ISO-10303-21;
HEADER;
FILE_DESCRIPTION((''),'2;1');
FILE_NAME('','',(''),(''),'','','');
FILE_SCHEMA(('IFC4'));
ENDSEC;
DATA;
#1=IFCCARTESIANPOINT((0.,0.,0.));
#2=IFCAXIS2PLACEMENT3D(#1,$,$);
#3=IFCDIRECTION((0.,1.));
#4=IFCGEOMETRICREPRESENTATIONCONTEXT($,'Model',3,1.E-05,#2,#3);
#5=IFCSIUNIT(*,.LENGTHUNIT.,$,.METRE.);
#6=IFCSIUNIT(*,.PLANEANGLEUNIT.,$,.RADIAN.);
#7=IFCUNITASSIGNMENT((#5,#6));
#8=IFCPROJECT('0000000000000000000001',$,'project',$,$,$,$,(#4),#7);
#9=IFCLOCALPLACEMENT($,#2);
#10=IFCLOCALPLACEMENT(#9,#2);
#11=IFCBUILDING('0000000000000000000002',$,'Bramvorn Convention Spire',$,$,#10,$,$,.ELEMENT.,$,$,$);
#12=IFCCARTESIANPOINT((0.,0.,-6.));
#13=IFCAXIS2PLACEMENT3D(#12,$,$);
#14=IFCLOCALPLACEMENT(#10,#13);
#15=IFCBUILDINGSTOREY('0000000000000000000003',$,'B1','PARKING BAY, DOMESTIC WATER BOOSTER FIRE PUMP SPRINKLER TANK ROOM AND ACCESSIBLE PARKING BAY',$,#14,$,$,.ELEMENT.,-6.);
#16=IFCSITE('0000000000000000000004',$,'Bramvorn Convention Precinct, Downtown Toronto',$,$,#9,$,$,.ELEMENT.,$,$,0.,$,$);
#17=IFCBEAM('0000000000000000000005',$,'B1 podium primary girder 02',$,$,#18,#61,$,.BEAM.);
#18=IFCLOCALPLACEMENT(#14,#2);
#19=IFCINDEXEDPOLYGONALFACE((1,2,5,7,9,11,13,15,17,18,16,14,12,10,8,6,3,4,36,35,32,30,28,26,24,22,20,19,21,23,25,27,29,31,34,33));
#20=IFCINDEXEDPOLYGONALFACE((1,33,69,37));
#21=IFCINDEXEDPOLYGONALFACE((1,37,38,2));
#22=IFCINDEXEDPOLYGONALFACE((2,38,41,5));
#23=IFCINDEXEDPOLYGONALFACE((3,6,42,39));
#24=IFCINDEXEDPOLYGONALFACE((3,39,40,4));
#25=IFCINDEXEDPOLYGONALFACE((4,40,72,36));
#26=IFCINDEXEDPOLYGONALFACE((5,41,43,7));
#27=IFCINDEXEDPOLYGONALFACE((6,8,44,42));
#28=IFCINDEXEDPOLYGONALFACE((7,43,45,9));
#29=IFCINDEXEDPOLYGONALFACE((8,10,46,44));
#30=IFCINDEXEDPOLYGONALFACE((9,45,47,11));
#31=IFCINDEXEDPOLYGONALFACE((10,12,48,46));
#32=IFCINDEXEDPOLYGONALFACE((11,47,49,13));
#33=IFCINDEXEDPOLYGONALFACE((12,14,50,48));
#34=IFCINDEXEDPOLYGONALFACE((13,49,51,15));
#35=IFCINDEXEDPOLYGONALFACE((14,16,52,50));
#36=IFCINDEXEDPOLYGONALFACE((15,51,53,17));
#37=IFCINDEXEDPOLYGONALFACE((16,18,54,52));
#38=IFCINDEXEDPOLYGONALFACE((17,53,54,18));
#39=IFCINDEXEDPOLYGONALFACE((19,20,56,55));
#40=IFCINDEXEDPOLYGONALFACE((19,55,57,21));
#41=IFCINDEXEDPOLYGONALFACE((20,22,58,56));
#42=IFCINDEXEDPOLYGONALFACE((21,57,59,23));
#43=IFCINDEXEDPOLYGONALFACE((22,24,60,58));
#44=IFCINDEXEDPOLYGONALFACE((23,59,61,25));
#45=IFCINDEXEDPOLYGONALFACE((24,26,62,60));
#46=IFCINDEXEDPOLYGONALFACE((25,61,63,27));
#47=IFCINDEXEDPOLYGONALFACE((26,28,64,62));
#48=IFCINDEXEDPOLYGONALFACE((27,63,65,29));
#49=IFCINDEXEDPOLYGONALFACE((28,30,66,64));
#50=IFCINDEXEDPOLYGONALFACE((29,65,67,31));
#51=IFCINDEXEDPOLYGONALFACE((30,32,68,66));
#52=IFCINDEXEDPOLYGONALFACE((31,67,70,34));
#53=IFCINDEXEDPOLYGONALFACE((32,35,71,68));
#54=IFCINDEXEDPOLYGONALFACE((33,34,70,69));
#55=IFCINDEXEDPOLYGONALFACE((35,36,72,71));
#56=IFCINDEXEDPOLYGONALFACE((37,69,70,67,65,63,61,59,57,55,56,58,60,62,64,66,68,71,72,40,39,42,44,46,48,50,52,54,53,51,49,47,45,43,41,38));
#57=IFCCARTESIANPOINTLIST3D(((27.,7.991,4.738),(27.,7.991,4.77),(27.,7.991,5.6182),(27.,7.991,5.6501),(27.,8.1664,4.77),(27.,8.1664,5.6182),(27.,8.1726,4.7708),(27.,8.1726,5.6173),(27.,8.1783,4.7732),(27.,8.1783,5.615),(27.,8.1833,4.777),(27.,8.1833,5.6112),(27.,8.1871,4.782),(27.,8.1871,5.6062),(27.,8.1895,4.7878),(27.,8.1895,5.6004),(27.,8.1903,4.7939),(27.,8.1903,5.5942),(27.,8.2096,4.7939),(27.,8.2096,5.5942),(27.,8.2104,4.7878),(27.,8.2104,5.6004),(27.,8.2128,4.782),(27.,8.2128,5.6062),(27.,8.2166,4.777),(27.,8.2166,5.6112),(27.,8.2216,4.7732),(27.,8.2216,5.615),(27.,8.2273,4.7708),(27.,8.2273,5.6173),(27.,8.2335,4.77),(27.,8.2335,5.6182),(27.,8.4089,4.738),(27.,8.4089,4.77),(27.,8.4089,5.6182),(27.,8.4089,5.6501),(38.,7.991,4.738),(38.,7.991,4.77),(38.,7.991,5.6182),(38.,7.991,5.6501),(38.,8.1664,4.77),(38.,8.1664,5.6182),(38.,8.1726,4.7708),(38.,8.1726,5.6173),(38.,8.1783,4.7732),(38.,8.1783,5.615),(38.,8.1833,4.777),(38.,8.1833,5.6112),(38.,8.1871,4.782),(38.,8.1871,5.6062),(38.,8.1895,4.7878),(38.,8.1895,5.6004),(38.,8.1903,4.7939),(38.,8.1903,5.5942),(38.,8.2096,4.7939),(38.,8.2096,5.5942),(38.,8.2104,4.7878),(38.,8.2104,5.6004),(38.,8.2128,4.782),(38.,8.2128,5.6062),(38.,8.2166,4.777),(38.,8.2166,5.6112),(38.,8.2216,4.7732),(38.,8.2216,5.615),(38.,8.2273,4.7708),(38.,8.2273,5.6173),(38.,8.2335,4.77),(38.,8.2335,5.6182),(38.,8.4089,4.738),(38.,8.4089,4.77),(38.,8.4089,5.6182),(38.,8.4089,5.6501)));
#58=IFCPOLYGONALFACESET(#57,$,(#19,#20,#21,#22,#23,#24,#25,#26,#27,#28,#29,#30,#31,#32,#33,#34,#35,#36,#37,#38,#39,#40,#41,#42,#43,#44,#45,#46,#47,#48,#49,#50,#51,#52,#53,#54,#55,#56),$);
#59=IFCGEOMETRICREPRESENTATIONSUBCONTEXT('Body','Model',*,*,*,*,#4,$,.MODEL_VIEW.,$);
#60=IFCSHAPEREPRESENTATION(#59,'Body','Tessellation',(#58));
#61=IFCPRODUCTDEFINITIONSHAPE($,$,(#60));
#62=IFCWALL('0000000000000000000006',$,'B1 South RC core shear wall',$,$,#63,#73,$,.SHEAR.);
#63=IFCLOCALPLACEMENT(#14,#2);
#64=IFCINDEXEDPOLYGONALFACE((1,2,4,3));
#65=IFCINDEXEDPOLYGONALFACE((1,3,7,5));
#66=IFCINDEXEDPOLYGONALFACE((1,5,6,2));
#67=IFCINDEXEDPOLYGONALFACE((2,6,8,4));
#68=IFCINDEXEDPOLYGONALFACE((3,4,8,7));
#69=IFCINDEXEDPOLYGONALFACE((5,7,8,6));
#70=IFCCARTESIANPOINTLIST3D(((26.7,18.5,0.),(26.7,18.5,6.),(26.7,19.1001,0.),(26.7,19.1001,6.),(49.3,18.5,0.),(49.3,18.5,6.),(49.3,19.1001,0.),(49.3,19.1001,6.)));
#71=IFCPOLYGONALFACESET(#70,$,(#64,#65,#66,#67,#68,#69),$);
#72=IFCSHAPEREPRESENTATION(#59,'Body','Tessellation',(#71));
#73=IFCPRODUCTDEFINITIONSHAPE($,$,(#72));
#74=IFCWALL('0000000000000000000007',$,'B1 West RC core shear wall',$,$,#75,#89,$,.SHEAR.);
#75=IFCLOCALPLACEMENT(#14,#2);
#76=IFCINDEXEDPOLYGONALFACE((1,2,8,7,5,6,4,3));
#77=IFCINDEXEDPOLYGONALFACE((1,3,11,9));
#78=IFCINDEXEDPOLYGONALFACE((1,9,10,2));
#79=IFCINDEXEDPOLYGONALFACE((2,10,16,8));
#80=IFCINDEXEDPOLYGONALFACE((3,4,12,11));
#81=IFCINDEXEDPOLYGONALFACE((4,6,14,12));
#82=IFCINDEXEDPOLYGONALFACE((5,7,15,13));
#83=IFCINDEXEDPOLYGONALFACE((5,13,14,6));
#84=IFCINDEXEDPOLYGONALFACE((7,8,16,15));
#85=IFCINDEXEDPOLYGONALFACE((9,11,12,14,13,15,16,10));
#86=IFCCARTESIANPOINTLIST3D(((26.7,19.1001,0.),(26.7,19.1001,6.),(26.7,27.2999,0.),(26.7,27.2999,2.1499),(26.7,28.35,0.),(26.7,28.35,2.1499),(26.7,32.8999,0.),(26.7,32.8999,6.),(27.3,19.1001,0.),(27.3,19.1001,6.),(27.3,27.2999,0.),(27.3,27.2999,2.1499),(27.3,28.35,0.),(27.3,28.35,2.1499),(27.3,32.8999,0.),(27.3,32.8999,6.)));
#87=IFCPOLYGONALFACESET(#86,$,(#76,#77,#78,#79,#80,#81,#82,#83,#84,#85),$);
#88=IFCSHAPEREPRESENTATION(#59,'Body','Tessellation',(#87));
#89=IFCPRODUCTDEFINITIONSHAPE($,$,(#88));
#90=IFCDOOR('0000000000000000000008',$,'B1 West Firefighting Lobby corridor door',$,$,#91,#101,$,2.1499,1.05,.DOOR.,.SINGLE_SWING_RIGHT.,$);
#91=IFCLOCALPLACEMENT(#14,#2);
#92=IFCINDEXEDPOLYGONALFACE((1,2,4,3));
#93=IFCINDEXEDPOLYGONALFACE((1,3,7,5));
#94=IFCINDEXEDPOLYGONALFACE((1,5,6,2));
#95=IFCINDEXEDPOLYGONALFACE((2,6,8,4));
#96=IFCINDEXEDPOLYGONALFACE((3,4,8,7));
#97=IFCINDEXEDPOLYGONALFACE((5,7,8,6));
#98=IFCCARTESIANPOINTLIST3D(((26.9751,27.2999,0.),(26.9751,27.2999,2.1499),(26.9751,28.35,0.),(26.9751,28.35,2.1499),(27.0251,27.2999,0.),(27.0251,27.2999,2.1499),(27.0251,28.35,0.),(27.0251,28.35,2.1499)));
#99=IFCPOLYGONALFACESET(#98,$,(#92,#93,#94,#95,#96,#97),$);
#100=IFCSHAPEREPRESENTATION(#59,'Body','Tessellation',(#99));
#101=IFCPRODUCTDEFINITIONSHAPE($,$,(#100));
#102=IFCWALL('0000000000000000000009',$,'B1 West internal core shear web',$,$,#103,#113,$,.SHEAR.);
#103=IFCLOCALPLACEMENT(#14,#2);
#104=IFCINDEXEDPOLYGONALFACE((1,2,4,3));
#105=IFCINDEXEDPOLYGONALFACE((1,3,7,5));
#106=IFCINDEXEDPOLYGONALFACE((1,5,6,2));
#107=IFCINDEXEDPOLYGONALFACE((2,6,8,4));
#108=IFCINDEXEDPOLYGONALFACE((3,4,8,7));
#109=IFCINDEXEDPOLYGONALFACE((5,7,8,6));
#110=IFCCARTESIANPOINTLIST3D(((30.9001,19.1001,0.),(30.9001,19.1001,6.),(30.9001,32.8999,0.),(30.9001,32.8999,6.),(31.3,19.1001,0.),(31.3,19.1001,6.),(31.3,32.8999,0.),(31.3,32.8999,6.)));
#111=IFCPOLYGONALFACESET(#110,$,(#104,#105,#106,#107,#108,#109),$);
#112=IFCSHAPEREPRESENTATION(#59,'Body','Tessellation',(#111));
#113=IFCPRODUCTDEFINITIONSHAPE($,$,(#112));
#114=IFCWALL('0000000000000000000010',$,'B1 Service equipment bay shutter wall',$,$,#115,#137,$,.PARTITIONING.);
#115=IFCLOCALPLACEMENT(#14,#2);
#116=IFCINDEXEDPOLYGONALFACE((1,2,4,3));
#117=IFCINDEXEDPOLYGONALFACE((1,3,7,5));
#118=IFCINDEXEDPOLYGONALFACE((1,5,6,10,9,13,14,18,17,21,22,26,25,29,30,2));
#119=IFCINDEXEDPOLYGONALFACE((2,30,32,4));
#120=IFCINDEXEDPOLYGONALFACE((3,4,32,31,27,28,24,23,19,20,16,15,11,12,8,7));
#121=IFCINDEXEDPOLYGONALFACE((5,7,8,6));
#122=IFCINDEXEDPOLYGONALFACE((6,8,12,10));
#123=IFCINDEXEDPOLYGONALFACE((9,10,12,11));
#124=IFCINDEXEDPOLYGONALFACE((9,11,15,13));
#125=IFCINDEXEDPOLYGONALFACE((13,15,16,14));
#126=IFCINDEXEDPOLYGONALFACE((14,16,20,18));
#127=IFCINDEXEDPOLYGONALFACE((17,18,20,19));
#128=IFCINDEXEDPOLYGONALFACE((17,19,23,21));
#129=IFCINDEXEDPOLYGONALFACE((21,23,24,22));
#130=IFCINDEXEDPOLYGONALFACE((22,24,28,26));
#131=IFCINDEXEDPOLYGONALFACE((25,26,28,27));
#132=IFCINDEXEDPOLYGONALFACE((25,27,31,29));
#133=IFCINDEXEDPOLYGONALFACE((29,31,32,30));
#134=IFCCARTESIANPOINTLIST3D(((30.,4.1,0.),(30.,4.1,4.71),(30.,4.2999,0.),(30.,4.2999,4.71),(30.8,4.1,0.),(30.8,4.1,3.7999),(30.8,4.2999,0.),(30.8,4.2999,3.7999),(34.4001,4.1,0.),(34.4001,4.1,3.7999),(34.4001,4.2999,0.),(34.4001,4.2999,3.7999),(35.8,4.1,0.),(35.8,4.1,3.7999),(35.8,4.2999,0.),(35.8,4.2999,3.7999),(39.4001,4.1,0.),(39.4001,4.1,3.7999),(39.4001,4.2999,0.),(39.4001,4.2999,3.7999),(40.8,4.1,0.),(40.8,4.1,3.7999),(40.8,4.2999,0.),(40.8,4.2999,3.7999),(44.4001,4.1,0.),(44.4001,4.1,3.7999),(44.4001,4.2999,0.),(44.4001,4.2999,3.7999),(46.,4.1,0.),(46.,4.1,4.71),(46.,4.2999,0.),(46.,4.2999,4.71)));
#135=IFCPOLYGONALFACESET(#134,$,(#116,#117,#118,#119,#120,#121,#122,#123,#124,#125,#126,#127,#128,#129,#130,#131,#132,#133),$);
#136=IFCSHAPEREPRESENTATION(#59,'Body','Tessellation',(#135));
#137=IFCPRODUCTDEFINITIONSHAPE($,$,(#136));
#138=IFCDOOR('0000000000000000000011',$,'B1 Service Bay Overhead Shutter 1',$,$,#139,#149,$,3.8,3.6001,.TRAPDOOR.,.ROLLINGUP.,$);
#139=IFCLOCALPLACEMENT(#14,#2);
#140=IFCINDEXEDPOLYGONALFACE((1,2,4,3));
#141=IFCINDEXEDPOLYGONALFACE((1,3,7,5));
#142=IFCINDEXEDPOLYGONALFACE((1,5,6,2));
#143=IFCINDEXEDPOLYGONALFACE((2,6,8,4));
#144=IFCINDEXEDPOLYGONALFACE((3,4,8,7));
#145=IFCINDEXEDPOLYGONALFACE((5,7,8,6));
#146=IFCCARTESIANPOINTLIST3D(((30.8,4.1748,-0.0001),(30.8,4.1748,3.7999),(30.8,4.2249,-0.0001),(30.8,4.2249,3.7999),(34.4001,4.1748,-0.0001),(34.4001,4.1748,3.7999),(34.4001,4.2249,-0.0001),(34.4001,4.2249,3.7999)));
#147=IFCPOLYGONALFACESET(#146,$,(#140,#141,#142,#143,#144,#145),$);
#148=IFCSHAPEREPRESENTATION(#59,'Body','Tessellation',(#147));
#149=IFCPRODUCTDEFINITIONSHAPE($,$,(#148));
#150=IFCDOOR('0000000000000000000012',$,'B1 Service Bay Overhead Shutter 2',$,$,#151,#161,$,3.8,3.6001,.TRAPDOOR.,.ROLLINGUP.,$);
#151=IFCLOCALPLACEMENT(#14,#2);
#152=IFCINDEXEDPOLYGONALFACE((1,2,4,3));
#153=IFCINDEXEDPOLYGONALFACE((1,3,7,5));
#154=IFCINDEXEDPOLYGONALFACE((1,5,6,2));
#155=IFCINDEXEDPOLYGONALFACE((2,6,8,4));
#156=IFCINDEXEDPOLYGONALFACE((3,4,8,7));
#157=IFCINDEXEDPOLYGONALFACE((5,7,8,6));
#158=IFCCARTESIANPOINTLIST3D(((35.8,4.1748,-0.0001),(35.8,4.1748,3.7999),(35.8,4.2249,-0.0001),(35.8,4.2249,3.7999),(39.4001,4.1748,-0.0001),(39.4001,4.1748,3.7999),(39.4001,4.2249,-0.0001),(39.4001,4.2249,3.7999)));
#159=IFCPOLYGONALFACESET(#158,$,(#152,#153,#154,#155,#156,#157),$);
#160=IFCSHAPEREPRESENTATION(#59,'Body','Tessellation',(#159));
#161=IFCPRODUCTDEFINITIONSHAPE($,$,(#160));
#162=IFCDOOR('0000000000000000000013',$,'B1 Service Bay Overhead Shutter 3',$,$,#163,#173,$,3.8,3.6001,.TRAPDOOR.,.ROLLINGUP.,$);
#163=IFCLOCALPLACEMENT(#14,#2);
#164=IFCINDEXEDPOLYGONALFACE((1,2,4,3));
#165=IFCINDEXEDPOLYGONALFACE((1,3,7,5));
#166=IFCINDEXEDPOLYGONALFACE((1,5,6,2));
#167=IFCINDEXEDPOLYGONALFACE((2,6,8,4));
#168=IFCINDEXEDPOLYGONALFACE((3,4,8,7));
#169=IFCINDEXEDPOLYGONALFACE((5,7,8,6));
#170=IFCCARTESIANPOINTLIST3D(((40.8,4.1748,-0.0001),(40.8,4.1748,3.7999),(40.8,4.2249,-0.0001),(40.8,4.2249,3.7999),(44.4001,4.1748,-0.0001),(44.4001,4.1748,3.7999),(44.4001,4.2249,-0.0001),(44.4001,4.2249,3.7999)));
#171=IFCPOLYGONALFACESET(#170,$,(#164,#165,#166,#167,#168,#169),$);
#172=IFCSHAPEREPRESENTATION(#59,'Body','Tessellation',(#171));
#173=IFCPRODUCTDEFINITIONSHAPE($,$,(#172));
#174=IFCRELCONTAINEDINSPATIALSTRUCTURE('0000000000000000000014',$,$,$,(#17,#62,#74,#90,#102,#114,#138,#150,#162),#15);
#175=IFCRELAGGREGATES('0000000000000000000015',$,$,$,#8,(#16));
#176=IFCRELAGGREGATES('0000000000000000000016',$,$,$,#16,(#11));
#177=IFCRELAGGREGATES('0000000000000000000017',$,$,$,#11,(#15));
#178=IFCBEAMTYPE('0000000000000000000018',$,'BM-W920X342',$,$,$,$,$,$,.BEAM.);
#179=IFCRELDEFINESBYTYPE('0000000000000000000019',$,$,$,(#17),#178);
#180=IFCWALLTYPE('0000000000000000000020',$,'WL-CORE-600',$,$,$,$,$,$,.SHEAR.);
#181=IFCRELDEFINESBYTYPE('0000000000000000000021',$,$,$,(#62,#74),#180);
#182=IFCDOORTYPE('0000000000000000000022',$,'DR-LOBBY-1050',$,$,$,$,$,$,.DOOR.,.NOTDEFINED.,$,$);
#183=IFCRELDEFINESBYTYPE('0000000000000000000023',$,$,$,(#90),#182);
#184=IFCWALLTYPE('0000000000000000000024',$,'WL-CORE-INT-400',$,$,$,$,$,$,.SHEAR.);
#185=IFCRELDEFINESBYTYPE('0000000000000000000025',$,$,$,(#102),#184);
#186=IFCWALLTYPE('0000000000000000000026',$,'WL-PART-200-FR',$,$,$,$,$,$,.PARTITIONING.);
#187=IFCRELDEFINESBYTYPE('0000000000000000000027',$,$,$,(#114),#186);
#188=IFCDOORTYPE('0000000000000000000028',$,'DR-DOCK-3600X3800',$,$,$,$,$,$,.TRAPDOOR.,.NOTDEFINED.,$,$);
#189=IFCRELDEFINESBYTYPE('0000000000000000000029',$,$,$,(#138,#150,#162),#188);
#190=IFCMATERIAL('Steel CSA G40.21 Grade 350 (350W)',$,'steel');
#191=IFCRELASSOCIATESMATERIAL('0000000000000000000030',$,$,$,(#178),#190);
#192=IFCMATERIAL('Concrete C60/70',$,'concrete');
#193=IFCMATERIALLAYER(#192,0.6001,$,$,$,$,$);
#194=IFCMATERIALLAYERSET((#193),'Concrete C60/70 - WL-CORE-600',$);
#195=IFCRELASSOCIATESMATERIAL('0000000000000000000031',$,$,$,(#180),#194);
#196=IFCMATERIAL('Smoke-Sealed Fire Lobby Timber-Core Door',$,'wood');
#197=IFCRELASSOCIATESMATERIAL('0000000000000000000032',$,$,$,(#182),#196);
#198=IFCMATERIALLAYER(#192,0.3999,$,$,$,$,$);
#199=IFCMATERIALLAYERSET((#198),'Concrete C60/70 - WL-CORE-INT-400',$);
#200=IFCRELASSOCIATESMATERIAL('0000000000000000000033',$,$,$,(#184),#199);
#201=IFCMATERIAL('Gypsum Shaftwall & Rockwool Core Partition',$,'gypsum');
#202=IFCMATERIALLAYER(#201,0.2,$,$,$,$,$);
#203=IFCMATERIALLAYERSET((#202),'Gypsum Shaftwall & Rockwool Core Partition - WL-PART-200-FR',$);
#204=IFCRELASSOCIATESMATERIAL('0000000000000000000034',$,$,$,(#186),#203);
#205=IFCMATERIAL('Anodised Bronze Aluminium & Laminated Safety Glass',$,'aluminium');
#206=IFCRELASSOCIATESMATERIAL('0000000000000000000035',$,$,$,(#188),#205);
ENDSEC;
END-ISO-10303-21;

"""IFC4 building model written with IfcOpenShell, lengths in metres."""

from ifc_helpers import new_model, si_unit, direction, frame, frame_2d, origin, origin_2d, place, context, subcontext, project, spatial, rectangle, i_section, extrude, material, layer, layer_set, material_profile, profile_set, type_object, element, fill, save


model = new_model("IFC4")

# Units and contexts
model_context = context("Model", 3, precision=1e-05, world=origin(), true_north=direction((0.0, 1.0)))
body_context = subcontext(model_context, "Body", "Model", "MODEL_VIEW")
ifc_project = project(units=[si_unit("LENGTHUNIT", "METRE"), si_unit("PLANEANGLEUNIT", "RADIAN")], contexts=[model_context])

# Site, building, storey
site_placement = place(None, origin())
site = spatial("IfcSite", under=ifc_project, at=site_placement, Name="Bramvorn Convention Precinct, Downtown Toronto", CompositionType="ELEMENT", RefElevation=0.0)
building_placement = place(site_placement, origin())
building = spatial("IfcBuilding", under=site, at=building_placement, Name="Bramvorn Convention Spire", CompositionType="ELEMENT")
storey_placement = place(building_placement, frame((0.0, 0.0, -6.0)))
storey = spatial("IfcBuildingStorey", under=building, at=storey_placement, Name="B1", Description="PARKING BAY, DOMESTIC WATER BOOSTER FIRE PUMP SPRINKLER TANK ROOM AND ACCESSIBLE PARKING BAY", CompositionType="ELEMENT", Elevation=-6.0)

# Shared definitions
ifc_material_1 = material(Name="Concrete C60/70", Category="concrete")

# Shared definitions
ifc_material_2 = material(Name="Steel CSA G40.21 Grade 350 (350W)", Category="steel")

# Beam
ifc_material_profile_1 = material_profile(ifc_material_2, i_section(OverallWidth=0.418, OverallDepth=0.9121, WebThickness=0.0193, FlangeThickness=0.032, FilletRadius=0.0239, at=origin_2d()))
ifc_profile_set_1 = profile_set([ifc_material_profile_1], Name="Steel CSA G40.21 Grade 350 (350W) - W920X342")
beam_type_1 = type_object("IfcBeamType", Name="BM-W920X342", PredefinedType="BEAM", material=ifc_profile_set_1)
beam_1_placement = place(storey_placement, frame((27.0, 8.2, 5.1941), z_axis=(1.0, 0.0, 0.0), x_axis=(0.0, 1.0, 0.0)))
element("IfcBeam", 1, at=beam_1_placement, inside=storey, type_object=beam_type_1, Name="B1 podium primary girder 02", PredefinedType="BEAM", context=body_context, shape_type="SweptSolid", body=[
    extrude(i_section(OverallWidth=0.418, OverallDepth=0.9121, WebThickness=0.0193, FlangeThickness=0.032, FilletRadius=0.0239, at=origin_2d()), origin(), (0.0, 0.0, 1.0), 11.0),
])

# Wall
ifc_layer_1 = layer(ifc_material_1, 0.6001)
ifc_layer_set_1 = layer_set([ifc_layer_1], Name="Concrete C60/70 - WL-CORE-600")
wall_type_1 = type_object("IfcWallType", Name="WL-CORE-600", PredefinedType="SHEAR", material=ifc_layer_set_1)
wall_1_placement = place(storey_placement, frame((26.7, 18.8, 0.0), z_axis=(0.0, 0.0, 1.0), x_axis=(1.0, 0.0, 0.0)))
element("IfcWall", 2, at=wall_1_placement, inside=storey, type_object=wall_type_1, Name="B1 South RC core shear wall", PredefinedType="SHEAR", context=body_context, shape_type="SweptSolid", body=[
    extrude(rectangle(XDim=22.6001, YDim=0.6001, at=frame_2d((11.3, 0.0))), origin(), (0.0, 0.0, 1.0), 6.0),
])

# Wall, opening, door
wall_2_placement = place(storey_placement, frame((27.0, 19.1001, 0.0), z_axis=(0.0, 0.0, 1.0), x_axis=(0.0, 1.0, 0.0)))
wall_2 = element("IfcWall", 3, at=wall_2_placement, inside=storey, type_object=wall_type_1, Name="B1 West RC core shear wall", PredefinedType="SHEAR", context=body_context, shape_type="SweptSolid", body=[
    extrude(rectangle(XDim=13.7998, YDim=0.6001, at=frame_2d((6.8999, 0.0))), origin(), (0.0, 0.0, 1.0), 6.0),
])
opening_1_placement = place(wall_2_placement, frame((8.2, 0.0, 0.0)))
opening_1 = element("IfcOpeningElement", 4, at=opening_1_placement, cuts=wall_2, PredefinedType="OPENING", context=body_context, shape_type="SweptSolid", body=[
    extrude(rectangle(XDim=1.05, YDim=2.1499, at=frame_2d((0.5249, 1.075))), frame((0.0, 0.3101, 0.0), z_axis=(0.0, -1.0, 0.0), x_axis=(1.0, 0.0, 0.0)), (0.0, 0.0, 1.0), 0.6201),
])
ifc_material_3 = material(Name="Smoke-Sealed Fire Lobby Timber-Core Door", Category="wood")
door_type_1 = type_object("IfcDoorType", Name="DR-LOBBY-1050", OperationType="NOTDEFINED", PredefinedType="DOOR", material=ifc_material_3)
door_1_placement = place(opening_1_placement, origin())
door_1 = element("IfcDoor", 5, at=door_1_placement, inside=storey, type_object=door_type_1, Name="B1 West Firefighting Lobby corridor door", OperationType="SINGLE_SWING_RIGHT", OverallHeight=2.1499, OverallWidth=1.05, PredefinedType="DOOR", context=body_context, shape_type="SweptSolid", body=[
    extrude(rectangle(XDim=1.05, YDim=2.1499, at=frame_2d((0.5249, 1.075))), frame((0.0, 0.0249, 0.0), z_axis=(0.0, -1.0, 0.0), x_axis=(1.0, 0.0, 0.0)), (0.0, 0.0, 1.0), 0.05),
])
fill(opening_1, door_1)

# Wall
ifc_layer_2 = layer(ifc_material_1, 0.3999)
ifc_layer_set_2 = layer_set([ifc_layer_2], Name="Concrete C60/70 - WL-CORE-INT-400")
wall_type_2 = type_object("IfcWallType", Name="WL-CORE-INT-400", PredefinedType="SHEAR", material=ifc_layer_set_2)
wall_3_placement = place(storey_placement, frame((31.1001, 19.1001, 0.0), z_axis=(0.0, 0.0, 1.0), x_axis=(0.0, 1.0, 0.0)))
element("IfcWall", 6, at=wall_3_placement, inside=storey, type_object=wall_type_2, Name="B1 West internal core shear web", PredefinedType="SHEAR", context=body_context, shape_type="SweptSolid", body=[
    extrude(rectangle(XDim=13.7998, YDim=0.3999, at=frame_2d((6.8999, 0.0))), origin(), (0.0, 0.0, 1.0), 6.0),
])

# Wall, openings, doors
ifc_material_4 = material(Name="Gypsum Shaftwall & Rockwool Core Partition", Category="gypsum")
ifc_layer_3 = layer(ifc_material_4, 0.2)
ifc_layer_set_3 = layer_set([ifc_layer_3], Name="Gypsum Shaftwall & Rockwool Core Partition - WL-PART-200-FR")
wall_type_3 = type_object("IfcWallType", Name="WL-PART-200-FR", PredefinedType="PARTITIONING", material=ifc_layer_set_3)
wall_4_placement = place(storey_placement, frame((30.0, 4.2, 0.0), z_axis=(0.0, 0.0, 1.0), x_axis=(1.0, 0.0, 0.0)))
wall_4 = element("IfcWall", 7, at=wall_4_placement, inside=storey, type_object=wall_type_3, Name="B1 Service equipment bay shutter wall", PredefinedType="PARTITIONING", context=body_context, shape_type="SweptSolid", body=[
    extrude(rectangle(XDim=16.0, YDim=0.2, at=frame_2d((8.0, 0.0))), origin(), (0.0, 0.0, 1.0), 4.71),
])
opening_2_placement = place(wall_4_placement, frame((0.8, 0.0, 0.0)))
opening_2 = element("IfcOpeningElement", 8, at=opening_2_placement, cuts=wall_4, PredefinedType="OPENING", context=body_context, shape_type="SweptSolid", body=[
    extrude(rectangle(XDim=3.6001, YDim=3.8, at=frame_2d((1.8, 1.8999))), frame((0.0, 0.1099, 0.0), z_axis=(0.0, -1.0, 0.0), x_axis=(1.0, 0.0, 0.0)), (0.0, 0.0, 1.0), 0.22),
])
opening_3_placement = place(wall_4_placement, frame((5.8, 0.0, 0.0)))
opening_3 = element("IfcOpeningElement", 9, at=opening_3_placement, cuts=wall_4, PredefinedType="OPENING", context=body_context, shape_type="SweptSolid", body=[
    extrude(rectangle(XDim=3.6001, YDim=3.8, at=frame_2d((1.8, 1.8999))), frame((0.0, 0.1099, 0.0), z_axis=(0.0, -1.0, 0.0), x_axis=(1.0, 0.0, 0.0)), (0.0, 0.0, 1.0), 0.22),
])
opening_4_placement = place(wall_4_placement, frame((10.8, 0.0, 0.0)))
opening_4 = element("IfcOpeningElement", 10, at=opening_4_placement, cuts=wall_4, PredefinedType="OPENING", context=body_context, shape_type="SweptSolid", body=[
    extrude(rectangle(XDim=3.6001, YDim=3.8, at=frame_2d((1.8, 1.8999))), frame((0.0, 0.1099, 0.0), z_axis=(0.0, -1.0, 0.0), x_axis=(1.0, 0.0, 0.0)), (0.0, 0.0, 1.0), 0.22),
])
ifc_material_5 = material(Name="Anodised Bronze Aluminium & Laminated Safety Glass", Category="aluminium")
door_type_2 = type_object("IfcDoorType", Name="DR-DOCK-3600X3800", OperationType="NOTDEFINED", PredefinedType="TRAPDOOR", material=ifc_material_5)
door_2_placement = place(opening_2_placement, origin())
door_2 = element("IfcDoor", 11, at=door_2_placement, inside=storey, type_object=door_type_2, Name="B1 Service Bay Overhead Shutter 1", OperationType="ROLLINGUP", OverallHeight=3.8, OverallWidth=3.6001, PredefinedType="TRAPDOOR", context=body_context, shape_type="SweptSolid", body=[
    extrude(rectangle(XDim=3.6001, YDim=3.8, at=frame_2d((1.8, 1.8999))), frame((0.0, 0.0249, 0.0), z_axis=(0.0, -1.0, 0.0), x_axis=(1.0, 0.0, 0.0)), (0.0, 0.0, 1.0), 0.05),
])
fill(opening_2, door_2)
door_3_placement = place(opening_3_placement, origin())
door_3 = element("IfcDoor", 12, at=door_3_placement, inside=storey, type_object=door_type_2, Name="B1 Service Bay Overhead Shutter 2", OperationType="ROLLINGUP", OverallHeight=3.8, OverallWidth=3.6001, PredefinedType="TRAPDOOR", context=body_context, shape_type="SweptSolid", body=[
    extrude(rectangle(XDim=3.6001, YDim=3.8, at=frame_2d((1.8, 1.8999))), frame((0.0, 0.0249, 0.0), z_axis=(0.0, -1.0, 0.0), x_axis=(1.0, 0.0, 0.0)), (0.0, 0.0, 1.0), 0.05),
])
fill(opening_3, door_3)
door_4_placement = place(opening_4_placement, origin())
door_4 = element("IfcDoor", 13, at=door_4_placement, inside=storey, type_object=door_type_2, Name="B1 Service Bay Overhead Shutter 3", OperationType="ROLLINGUP", OverallHeight=3.8, OverallWidth=3.6001, PredefinedType="TRAPDOOR", context=body_context, shape_type="SweptSolid", body=[
    extrude(rectangle(XDim=3.6001, YDim=3.8, at=frame_2d((1.8, 1.8999))), frame((0.0, 0.0249, 0.0), z_axis=(0.0, -1.0, 0.0), x_axis=(1.0, 0.0, 0.0)), (0.0, 0.0, 1.0), 0.05),
])
fill(opening_4, door_4)

save(model, "model.ifc")
